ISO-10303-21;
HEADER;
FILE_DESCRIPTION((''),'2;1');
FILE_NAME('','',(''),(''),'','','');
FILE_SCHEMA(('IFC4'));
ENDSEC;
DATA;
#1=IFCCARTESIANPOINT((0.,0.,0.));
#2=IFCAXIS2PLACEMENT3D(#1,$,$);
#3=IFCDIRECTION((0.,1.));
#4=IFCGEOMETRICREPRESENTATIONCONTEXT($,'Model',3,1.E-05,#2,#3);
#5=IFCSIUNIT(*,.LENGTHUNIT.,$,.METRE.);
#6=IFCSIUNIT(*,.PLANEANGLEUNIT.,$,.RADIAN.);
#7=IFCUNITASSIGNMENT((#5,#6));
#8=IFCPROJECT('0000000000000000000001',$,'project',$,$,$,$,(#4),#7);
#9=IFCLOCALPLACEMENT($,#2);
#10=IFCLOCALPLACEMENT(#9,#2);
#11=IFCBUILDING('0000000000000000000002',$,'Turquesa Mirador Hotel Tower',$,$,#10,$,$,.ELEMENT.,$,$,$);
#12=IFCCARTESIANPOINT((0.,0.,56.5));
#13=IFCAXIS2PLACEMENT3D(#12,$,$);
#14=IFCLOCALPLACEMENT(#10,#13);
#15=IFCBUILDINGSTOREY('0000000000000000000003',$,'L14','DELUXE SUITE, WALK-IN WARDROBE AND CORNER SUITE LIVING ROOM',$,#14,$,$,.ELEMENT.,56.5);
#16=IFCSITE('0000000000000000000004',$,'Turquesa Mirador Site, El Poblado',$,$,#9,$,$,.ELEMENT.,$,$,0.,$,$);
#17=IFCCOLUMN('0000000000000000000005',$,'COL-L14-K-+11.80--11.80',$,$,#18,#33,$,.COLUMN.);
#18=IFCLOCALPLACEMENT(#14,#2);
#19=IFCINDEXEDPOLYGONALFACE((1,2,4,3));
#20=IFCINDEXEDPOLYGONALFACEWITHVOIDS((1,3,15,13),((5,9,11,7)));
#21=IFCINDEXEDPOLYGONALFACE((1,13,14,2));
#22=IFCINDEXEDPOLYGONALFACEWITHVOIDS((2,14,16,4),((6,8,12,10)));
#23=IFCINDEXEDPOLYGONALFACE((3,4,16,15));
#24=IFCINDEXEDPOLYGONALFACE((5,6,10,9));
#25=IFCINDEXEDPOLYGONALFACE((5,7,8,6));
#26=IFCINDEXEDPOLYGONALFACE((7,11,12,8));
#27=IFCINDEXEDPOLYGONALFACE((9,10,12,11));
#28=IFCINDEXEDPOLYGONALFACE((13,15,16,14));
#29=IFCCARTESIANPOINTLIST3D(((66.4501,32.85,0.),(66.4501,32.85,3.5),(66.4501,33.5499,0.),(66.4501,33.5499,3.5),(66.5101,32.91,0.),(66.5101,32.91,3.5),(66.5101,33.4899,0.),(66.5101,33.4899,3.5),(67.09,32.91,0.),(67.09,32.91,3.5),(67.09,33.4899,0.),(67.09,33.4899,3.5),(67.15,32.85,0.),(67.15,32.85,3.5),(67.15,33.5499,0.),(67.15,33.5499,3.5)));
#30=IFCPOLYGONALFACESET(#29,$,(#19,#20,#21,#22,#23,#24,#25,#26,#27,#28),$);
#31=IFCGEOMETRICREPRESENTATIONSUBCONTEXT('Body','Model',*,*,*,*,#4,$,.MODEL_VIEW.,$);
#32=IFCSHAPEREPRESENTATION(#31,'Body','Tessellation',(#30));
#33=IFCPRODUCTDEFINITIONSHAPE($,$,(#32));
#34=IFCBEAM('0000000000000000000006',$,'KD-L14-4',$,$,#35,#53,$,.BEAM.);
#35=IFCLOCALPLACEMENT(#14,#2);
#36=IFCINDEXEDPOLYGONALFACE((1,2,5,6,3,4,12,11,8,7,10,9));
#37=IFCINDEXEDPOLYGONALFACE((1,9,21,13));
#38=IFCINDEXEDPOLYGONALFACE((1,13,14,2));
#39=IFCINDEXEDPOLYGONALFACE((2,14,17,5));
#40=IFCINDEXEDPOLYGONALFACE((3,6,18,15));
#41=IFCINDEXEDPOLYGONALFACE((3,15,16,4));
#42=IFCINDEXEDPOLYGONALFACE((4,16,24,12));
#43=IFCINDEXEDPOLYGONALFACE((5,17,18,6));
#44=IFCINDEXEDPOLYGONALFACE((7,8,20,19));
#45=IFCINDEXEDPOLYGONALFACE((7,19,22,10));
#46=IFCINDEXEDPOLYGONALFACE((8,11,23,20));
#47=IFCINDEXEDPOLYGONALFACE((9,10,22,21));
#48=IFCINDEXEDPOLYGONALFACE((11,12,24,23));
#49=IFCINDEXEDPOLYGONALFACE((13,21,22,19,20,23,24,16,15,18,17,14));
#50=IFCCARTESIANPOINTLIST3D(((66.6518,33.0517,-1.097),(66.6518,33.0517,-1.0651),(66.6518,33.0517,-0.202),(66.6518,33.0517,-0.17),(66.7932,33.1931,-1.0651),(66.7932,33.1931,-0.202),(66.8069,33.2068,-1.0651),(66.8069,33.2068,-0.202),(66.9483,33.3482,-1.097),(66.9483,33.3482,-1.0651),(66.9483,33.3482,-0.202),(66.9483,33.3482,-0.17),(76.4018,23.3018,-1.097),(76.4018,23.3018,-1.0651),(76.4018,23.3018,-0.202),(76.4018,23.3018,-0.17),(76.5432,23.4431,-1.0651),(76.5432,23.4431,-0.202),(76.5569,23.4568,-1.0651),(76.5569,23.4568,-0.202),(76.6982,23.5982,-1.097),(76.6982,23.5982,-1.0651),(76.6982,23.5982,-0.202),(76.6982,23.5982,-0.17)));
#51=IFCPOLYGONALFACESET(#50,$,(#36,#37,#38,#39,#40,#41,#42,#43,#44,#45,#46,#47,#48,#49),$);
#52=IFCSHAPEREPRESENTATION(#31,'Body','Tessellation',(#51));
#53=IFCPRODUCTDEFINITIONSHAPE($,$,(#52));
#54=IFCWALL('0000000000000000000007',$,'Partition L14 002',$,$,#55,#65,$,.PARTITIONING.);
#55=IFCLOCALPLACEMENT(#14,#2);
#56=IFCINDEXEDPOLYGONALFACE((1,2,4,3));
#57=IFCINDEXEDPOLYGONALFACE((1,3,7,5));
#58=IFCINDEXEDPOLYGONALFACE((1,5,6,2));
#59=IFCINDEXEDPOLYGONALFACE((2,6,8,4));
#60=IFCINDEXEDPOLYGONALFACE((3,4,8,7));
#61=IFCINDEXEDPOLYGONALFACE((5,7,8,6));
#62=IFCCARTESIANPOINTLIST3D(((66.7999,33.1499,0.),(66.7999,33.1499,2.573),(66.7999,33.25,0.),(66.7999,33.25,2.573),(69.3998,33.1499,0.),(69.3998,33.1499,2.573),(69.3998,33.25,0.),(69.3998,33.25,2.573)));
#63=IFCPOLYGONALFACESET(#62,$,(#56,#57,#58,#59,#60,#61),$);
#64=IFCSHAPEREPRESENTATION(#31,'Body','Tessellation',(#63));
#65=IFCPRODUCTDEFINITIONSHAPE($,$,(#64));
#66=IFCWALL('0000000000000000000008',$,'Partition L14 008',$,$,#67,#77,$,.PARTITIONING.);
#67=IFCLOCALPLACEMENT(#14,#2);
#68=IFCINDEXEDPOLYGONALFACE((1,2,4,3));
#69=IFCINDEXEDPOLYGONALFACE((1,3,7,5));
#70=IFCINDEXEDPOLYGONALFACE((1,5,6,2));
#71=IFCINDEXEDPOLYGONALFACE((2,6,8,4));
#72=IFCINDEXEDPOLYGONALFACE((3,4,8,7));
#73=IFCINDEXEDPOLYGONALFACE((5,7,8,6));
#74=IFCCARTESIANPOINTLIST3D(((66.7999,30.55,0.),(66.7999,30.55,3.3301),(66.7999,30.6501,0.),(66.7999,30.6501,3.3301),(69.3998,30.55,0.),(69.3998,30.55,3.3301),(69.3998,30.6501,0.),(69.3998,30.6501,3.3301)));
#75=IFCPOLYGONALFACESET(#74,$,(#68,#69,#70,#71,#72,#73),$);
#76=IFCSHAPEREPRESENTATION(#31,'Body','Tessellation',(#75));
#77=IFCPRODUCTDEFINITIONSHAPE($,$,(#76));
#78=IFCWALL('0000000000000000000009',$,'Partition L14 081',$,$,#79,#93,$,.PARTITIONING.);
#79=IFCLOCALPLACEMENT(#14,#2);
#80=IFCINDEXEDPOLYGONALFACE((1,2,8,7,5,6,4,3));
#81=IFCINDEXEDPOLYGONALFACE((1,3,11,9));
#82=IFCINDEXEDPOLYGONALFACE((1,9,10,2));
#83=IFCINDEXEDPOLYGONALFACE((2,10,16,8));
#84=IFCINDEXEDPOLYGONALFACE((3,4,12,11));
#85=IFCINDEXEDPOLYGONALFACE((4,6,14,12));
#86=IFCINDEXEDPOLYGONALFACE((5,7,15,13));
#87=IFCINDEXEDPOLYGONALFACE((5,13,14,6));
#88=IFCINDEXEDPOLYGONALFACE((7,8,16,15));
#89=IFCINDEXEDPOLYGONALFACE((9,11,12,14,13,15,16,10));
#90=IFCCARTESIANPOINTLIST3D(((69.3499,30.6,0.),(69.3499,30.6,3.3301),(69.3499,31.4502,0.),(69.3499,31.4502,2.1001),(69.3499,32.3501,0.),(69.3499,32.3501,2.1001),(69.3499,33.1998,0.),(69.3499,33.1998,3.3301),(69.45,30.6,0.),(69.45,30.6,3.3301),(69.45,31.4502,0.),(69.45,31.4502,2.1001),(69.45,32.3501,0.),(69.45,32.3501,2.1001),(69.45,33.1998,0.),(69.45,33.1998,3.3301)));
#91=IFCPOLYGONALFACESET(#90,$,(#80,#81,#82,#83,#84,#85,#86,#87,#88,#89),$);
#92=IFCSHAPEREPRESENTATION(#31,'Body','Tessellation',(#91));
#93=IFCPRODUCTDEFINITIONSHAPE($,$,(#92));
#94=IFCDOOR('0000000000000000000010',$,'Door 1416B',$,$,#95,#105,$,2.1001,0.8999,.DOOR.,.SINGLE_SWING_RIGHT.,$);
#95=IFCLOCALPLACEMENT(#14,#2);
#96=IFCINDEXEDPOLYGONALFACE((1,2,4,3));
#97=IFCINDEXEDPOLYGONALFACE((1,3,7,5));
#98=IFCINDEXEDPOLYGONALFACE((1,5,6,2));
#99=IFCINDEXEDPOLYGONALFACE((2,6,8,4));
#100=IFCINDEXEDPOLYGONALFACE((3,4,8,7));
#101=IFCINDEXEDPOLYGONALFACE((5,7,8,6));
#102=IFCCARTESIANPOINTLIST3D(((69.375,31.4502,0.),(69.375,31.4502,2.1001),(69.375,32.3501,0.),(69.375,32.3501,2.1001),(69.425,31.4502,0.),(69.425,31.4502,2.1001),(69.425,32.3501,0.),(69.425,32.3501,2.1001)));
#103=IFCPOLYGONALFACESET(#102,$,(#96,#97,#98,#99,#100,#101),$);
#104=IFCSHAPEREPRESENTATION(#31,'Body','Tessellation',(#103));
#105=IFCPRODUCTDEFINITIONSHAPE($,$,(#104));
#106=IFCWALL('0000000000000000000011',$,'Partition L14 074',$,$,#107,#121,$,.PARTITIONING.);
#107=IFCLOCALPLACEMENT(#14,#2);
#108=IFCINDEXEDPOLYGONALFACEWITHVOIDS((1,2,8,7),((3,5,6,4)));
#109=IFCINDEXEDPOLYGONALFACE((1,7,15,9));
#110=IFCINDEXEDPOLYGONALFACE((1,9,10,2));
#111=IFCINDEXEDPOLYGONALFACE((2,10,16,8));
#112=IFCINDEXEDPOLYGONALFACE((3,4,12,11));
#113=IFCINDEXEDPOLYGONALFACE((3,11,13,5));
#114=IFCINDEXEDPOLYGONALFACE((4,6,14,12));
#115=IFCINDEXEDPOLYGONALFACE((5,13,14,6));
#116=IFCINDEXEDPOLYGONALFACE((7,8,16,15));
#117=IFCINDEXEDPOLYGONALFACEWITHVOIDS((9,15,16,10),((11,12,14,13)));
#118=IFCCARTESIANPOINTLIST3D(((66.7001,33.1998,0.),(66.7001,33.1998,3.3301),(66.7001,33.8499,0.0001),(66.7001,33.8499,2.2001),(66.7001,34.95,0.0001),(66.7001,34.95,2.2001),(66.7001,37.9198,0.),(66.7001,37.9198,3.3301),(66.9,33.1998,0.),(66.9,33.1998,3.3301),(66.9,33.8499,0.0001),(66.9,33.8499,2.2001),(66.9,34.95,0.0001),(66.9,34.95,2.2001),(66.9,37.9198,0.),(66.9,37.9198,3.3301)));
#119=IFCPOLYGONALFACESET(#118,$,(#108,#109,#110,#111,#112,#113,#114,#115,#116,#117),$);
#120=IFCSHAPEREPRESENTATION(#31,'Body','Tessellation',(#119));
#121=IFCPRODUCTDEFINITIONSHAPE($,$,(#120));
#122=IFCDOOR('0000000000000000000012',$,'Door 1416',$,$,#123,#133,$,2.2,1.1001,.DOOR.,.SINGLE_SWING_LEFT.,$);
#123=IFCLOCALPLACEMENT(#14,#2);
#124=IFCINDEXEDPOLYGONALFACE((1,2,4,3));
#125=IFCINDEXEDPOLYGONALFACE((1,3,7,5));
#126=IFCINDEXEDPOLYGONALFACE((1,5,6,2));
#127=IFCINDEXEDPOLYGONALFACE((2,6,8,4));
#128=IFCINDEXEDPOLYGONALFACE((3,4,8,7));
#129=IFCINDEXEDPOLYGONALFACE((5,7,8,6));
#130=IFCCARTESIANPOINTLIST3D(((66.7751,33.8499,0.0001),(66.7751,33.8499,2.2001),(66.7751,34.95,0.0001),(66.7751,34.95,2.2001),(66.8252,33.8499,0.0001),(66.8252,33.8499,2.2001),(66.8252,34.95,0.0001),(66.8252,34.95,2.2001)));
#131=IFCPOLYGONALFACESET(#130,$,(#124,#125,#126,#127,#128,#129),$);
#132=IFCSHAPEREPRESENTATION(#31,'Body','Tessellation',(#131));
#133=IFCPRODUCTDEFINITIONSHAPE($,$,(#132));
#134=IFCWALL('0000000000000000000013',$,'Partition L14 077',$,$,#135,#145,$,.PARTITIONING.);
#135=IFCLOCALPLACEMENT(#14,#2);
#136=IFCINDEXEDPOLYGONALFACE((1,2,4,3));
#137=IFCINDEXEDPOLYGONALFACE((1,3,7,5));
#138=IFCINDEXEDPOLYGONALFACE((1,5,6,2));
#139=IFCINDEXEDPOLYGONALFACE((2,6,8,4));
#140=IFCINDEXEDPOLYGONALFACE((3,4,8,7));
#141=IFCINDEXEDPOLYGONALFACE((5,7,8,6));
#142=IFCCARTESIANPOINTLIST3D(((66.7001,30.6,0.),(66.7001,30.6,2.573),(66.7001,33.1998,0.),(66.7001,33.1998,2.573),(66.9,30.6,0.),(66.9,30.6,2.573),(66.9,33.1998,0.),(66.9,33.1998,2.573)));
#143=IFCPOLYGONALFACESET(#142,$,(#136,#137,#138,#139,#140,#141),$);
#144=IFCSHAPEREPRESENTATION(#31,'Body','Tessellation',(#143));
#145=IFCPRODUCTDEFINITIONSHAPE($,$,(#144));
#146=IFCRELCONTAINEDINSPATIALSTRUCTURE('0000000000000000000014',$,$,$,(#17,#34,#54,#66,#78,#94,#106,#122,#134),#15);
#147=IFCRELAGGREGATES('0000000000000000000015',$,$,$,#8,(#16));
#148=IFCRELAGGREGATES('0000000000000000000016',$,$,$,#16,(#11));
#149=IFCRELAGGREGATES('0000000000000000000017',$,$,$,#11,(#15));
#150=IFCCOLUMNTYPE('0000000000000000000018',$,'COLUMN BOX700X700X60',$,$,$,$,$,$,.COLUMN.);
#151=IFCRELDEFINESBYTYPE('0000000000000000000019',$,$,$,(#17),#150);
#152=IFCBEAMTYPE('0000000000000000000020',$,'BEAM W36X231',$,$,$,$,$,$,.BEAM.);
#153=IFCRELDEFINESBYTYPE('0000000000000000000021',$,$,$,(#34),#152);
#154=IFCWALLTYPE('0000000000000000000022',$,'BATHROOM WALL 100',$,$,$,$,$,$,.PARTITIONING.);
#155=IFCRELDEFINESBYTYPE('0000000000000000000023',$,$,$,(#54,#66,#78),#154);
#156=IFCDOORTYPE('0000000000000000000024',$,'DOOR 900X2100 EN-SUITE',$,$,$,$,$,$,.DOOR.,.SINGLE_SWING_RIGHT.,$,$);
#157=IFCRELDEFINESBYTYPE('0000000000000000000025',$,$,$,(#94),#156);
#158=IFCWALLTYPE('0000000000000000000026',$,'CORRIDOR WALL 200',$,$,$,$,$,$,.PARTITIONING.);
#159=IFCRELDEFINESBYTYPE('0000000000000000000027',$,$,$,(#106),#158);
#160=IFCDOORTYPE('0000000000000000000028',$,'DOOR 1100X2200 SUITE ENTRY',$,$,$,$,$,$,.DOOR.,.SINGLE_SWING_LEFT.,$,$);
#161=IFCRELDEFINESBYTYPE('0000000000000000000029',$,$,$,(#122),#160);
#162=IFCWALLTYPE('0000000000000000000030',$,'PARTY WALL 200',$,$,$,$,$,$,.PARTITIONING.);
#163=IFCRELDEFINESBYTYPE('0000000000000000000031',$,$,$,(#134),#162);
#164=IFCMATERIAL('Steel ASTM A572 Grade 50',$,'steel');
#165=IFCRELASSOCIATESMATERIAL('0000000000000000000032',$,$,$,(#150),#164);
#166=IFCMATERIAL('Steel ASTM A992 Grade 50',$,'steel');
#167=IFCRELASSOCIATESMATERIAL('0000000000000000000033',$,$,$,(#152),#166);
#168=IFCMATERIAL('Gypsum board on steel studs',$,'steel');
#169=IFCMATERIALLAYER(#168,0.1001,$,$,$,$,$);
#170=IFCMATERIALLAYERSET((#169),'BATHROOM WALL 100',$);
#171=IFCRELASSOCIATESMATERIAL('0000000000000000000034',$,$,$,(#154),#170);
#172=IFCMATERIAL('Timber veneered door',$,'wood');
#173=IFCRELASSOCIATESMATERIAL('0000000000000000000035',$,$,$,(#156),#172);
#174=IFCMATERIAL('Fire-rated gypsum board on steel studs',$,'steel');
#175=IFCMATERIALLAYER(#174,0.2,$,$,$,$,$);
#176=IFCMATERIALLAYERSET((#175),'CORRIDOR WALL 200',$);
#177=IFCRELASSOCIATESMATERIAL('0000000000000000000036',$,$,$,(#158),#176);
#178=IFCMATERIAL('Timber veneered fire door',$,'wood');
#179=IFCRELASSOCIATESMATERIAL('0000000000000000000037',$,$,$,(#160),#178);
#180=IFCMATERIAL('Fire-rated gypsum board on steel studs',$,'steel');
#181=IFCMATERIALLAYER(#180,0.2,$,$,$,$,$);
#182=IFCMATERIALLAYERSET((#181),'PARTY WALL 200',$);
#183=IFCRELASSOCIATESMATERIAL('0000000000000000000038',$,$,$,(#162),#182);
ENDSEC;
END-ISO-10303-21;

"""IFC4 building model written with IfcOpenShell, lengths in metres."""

from ifc_helpers import new_model, si_unit, direction, frame, frame_2d, origin, origin_2d, place, context, subcontext, project, spatial, rectangle, hollow_rectangle, i_section, extrude, material, layer, layer_set, material_profile, profile_set, type_object, element, fill, save


model = new_model("IFC4")

# Units and contexts
model_context = context("Model", 3, precision=1e-05, world=origin(), true_north=direction((0.0, 1.0)))
body_context = subcontext(model_context, "Body", "Model", "MODEL_VIEW")
ifc_project = project(units=[si_unit("LENGTHUNIT", "METRE"), si_unit("PLANEANGLEUNIT", "RADIAN")], contexts=[model_context])

# Site, building, storey
site_placement = place(None, origin())
site = spatial("IfcSite", under=ifc_project, at=site_placement, Name="Turquesa Mirador Site, El Poblado", CompositionType="ELEMENT", RefElevation=0.0)
building_placement = place(site_placement, origin())
building = spatial("IfcBuilding", under=site, at=building_placement, Name="Turquesa Mirador Hotel Tower", CompositionType="ELEMENT")
storey_placement = place(building_placement, frame((0.0, 0.0, 56.5)))
storey = spatial("IfcBuildingStorey", under=building, at=storey_placement, Name="L14", Description="DELUXE SUITE, WALK-IN WARDROBE AND CORNER SUITE LIVING ROOM", CompositionType="ELEMENT", Elevation=56.5)

# Column
ifc_material_1 = material(Name="Steel ASTM A572 Grade 50", Category="steel")
ifc_material_profile_1 = material_profile(ifc_material_1, hollow_rectangle(XDim=0.7, YDim=0.7, WallThickness=0.0601, at=origin_2d()), Name="BOX700X700X60")
ifc_profile_set_1 = profile_set([ifc_material_profile_1], Name="Steel ASTM A572 Grade 50")
column_type = type_object("IfcColumnType", Name="COLUMN BOX700X700X60", PredefinedType="COLUMN", material=ifc_profile_set_1)
column_placement = place(storey_placement, frame((66.8, 33.2, 0.0), z_axis=(0.0, 0.0, 1.0), x_axis=(1.0, 0.0, 0.0)))
element("IfcColumn", 1, at=column_placement, inside=storey, type_object=column_type, Name="COL-L14-K-+11.80--11.80", PredefinedType="COLUMN", context=body_context, shape_type="SweptSolid", body=[
    extrude(hollow_rectangle(XDim=0.7, YDim=0.7, WallThickness=0.0601, at=origin_2d()), origin(), (0.0, 0.0, 1.0), 3.5),
])

# Beam
ifc_material_2 = material(Name="Steel ASTM A992 Grade 50", Category="steel")
ifc_material_profile_2 = material_profile(ifc_material_2, i_section(OverallWidth=0.4192, OverallDepth=0.927, WebThickness=0.0193, FlangeThickness=0.032, at=origin_2d()), Name="W36X231")
ifc_profile_set_2 = profile_set([ifc_material_profile_2], Name="Steel ASTM A992 Grade 50")
beam_type = type_object("IfcBeamType", Name="BEAM W36X231", PredefinedType="BEAM", material=ifc_profile_set_2)
beam_placement = place(storey_placement, frame((66.8, 33.2, -0.6335), z_axis=(0.707107, -0.707107, 0.0), x_axis=(0.707107, 0.707107, 0.0)))
element("IfcBeam", 2, at=beam_placement, inside=storey, type_object=beam_type, Name="KD-L14-4", PredefinedType="BEAM", context=body_context, shape_type="SweptSolid", body=[
    extrude(i_section(OverallWidth=0.4192, OverallDepth=0.927, WebThickness=0.0193, FlangeThickness=0.032, at=origin_2d()), origin(), (0.0, 0.0, 1.0), 13.7886),
])

# Walls
ifc_material_3 = material(Name="Gypsum board on steel studs", Category="steel")
ifc_layer_1 = layer(ifc_material_3, 0.1001)
ifc_layer_set_1 = layer_set([ifc_layer_1], Name="BATHROOM WALL 100")
wall_type_1 = type_object("IfcWallType", Name="BATHROOM WALL 100", PredefinedType="PARTITIONING", material=ifc_layer_set_1)
wall_1_placement = place(storey_placement, frame((66.8, 33.2, 0.0), z_axis=(0.0, 0.0, 1.0), x_axis=(1.0, 0.0, 0.0)))
element("IfcWall", 3, at=wall_1_placement, inside=storey, type_object=wall_type_1, Name="Partition L14 002", PredefinedType="PARTITIONING", context=body_context, shape_type="SweptSolid", body=[
    extrude(rectangle(XDim=2.5999, YDim=0.1001, at=frame_2d((1.2998, 0.0))), origin(), (0.0, 0.0, 1.0), 2.573),
])
wall_2_placement = place(storey_placement, frame((66.8, 30.6001, 0.0), z_axis=(0.0, 0.0, 1.0), x_axis=(1.0, 0.0, 0.0)))
element("IfcWall", 4, at=wall_2_placement, inside=storey, type_object=wall_type_1, Name="Partition L14 008", PredefinedType="PARTITIONING", context=body_context, shape_type="SweptSolid", body=[
    extrude(rectangle(XDim=2.5999, YDim=0.1001, at=frame_2d((1.2998, 0.0))), origin(), (0.0, 0.0, 1.0), 3.3301),
])

# Walls, openings, doors
wall_3_placement = place(storey_placement, frame((69.3999, 30.6001, 0.0), z_axis=(0.0, 0.0, 1.0), x_axis=(0.0, 1.0, 0.0)))
wall_3 = element("IfcWall", 5, at=wall_3_placement, inside=storey, type_object=wall_type_1, Name="Partition L14 081", PredefinedType="PARTITIONING", context=body_context, shape_type="SweptSolid", body=[
    extrude(rectangle(XDim=2.5999, YDim=0.1001, at=frame_2d((1.2998, 0.0))), origin(), (0.0, 0.0, 1.0), 3.3301),
])
opening_1_placement = place(wall_3_placement, frame((0.8501, 0.0, 0.0)))
opening_1 = element("IfcOpeningElement", 6, at=opening_1_placement, cuts=wall_3, PredefinedType="OPENING", context=body_context, shape_type="SweptSolid", body=[
    extrude(rectangle(XDim=0.8999, YDim=2.1001, at=frame_2d((0.45, 1.05))), frame((0.0, 0.0601, 0.0), z_axis=(0.0, -1.0, 0.0), x_axis=(1.0, 0.0, 0.0)), (0.0, 0.0, 1.0), 0.1201),
])
ifc_material_4 = material(Name="Timber veneered door", Category="wood")
door_type_1 = type_object("IfcDoorType", Name="DOOR 900X2100 EN-SUITE", OperationType="SINGLE_SWING_RIGHT", PredefinedType="DOOR", material=ifc_material_4)
door_1_placement = place(opening_1_placement, origin())
door_1 = element("IfcDoor", 7, at=door_1_placement, inside=storey, type_object=door_type_1, Name="Door 1416B", OperationType="SINGLE_SWING_RIGHT", OverallHeight=2.1001, OverallWidth=0.8999, PredefinedType="DOOR", context=body_context, shape_type="SweptSolid", body=[
    extrude(rectangle(XDim=0.8999, YDim=2.1001, at=frame_2d((0.45, 1.05))), frame((0.0, 0.0249, 0.0), z_axis=(0.0, -1.0, 0.0), x_axis=(1.0, 0.0, 0.0)), (0.0, 0.0, 1.0), 0.05),
])
fill(opening_1, door_1)
ifc_material_5 = material(Name="Fire-rated gypsum board on steel studs", Category="steel")
ifc_layer_2 = layer(ifc_material_5, 0.2)
ifc_layer_set_2 = layer_set([ifc_layer_2], Name="CORRIDOR WALL 200")
wall_type_2 = type_object("IfcWallType", Name="CORRIDOR WALL 200", PredefinedType="PARTITIONING", material=ifc_layer_set_2)
wall_4_placement = place(storey_placement, frame((66.8, 33.2, 0.0), z_axis=(0.0, 0.0, 1.0), x_axis=(0.0, 1.0, 0.0)))
wall_4 = element("IfcWall", 8, at=wall_4_placement, inside=storey, type_object=wall_type_2, Name="Partition L14 074", PredefinedType="PARTITIONING", context=body_context, shape_type="SweptSolid", body=[
    extrude(rectangle(XDim=4.72, YDim=0.2, at=frame_2d((2.3599, 0.0))), origin(), (0.0, 0.0, 1.0), 3.3301),
])
opening_2_placement = place(wall_4_placement, frame((0.6499, 0.0, 0.0)))
opening_2 = element("IfcOpeningElement", 9, at=opening_2_placement, cuts=wall_4, PredefinedType="OPENING", context=body_context, shape_type="SweptSolid", body=[
    extrude(rectangle(XDim=1.1001, YDim=2.2, at=frame_2d((0.55, 1.1001))), frame((0.0, 0.1099, 0.0), z_axis=(0.0, -1.0, 0.0), x_axis=(1.0, 0.0, 0.0)), (0.0, 0.0, 1.0), 0.22),
])
ifc_material_6 = material(Name="Timber veneered fire door", Category="wood")
door_type_2 = type_object("IfcDoorType", Name="DOOR 1100X2200 SUITE ENTRY", OperationType="SINGLE_SWING_LEFT", PredefinedType="DOOR", material=ifc_material_6)
door_2_placement = place(opening_2_placement, origin())
door_2 = element("IfcDoor", 10, at=door_2_placement, inside=storey, type_object=door_type_2, Name="Door 1416", OperationType="SINGLE_SWING_LEFT", OverallHeight=2.2, OverallWidth=1.1001, PredefinedType="DOOR", context=body_context, shape_type="SweptSolid", body=[
    extrude(rectangle(XDim=1.1001, YDim=2.2, at=frame_2d((0.55, 1.1001))), frame((0.0, 0.0249, 0.0), z_axis=(0.0, -1.0, 0.0), x_axis=(1.0, 0.0, 0.0)), (0.0, 0.0, 1.0), 0.05),
])
fill(opening_2, door_2)

# Wall
ifc_material_7 = material(Name="Fire-rated gypsum board on steel studs", Category="steel")
ifc_layer_3 = layer(ifc_material_7, 0.2)
ifc_layer_set_3 = layer_set([ifc_layer_3], Name="PARTY WALL 200")
wall_type_3 = type_object("IfcWallType", Name="PARTY WALL 200", PredefinedType="PARTITIONING", material=ifc_layer_set_3)
wall_5_placement = place(storey_placement, frame((66.8, 30.6001, 0.0), z_axis=(0.0, 0.0, 1.0), x_axis=(0.0, 1.0, 0.0)))
element("IfcWall", 11, at=wall_5_placement, inside=storey, type_object=wall_type_3, Name="Partition L14 077", PredefinedType="PARTITIONING", context=body_context, shape_type="SweptSolid", body=[
    extrude(rectangle(XDim=2.5999, YDim=0.2, at=frame_2d((1.2998, 0.0))), origin(), (0.0, 0.0, 1.0), 2.573),
])

save(model, "model.ifc")
